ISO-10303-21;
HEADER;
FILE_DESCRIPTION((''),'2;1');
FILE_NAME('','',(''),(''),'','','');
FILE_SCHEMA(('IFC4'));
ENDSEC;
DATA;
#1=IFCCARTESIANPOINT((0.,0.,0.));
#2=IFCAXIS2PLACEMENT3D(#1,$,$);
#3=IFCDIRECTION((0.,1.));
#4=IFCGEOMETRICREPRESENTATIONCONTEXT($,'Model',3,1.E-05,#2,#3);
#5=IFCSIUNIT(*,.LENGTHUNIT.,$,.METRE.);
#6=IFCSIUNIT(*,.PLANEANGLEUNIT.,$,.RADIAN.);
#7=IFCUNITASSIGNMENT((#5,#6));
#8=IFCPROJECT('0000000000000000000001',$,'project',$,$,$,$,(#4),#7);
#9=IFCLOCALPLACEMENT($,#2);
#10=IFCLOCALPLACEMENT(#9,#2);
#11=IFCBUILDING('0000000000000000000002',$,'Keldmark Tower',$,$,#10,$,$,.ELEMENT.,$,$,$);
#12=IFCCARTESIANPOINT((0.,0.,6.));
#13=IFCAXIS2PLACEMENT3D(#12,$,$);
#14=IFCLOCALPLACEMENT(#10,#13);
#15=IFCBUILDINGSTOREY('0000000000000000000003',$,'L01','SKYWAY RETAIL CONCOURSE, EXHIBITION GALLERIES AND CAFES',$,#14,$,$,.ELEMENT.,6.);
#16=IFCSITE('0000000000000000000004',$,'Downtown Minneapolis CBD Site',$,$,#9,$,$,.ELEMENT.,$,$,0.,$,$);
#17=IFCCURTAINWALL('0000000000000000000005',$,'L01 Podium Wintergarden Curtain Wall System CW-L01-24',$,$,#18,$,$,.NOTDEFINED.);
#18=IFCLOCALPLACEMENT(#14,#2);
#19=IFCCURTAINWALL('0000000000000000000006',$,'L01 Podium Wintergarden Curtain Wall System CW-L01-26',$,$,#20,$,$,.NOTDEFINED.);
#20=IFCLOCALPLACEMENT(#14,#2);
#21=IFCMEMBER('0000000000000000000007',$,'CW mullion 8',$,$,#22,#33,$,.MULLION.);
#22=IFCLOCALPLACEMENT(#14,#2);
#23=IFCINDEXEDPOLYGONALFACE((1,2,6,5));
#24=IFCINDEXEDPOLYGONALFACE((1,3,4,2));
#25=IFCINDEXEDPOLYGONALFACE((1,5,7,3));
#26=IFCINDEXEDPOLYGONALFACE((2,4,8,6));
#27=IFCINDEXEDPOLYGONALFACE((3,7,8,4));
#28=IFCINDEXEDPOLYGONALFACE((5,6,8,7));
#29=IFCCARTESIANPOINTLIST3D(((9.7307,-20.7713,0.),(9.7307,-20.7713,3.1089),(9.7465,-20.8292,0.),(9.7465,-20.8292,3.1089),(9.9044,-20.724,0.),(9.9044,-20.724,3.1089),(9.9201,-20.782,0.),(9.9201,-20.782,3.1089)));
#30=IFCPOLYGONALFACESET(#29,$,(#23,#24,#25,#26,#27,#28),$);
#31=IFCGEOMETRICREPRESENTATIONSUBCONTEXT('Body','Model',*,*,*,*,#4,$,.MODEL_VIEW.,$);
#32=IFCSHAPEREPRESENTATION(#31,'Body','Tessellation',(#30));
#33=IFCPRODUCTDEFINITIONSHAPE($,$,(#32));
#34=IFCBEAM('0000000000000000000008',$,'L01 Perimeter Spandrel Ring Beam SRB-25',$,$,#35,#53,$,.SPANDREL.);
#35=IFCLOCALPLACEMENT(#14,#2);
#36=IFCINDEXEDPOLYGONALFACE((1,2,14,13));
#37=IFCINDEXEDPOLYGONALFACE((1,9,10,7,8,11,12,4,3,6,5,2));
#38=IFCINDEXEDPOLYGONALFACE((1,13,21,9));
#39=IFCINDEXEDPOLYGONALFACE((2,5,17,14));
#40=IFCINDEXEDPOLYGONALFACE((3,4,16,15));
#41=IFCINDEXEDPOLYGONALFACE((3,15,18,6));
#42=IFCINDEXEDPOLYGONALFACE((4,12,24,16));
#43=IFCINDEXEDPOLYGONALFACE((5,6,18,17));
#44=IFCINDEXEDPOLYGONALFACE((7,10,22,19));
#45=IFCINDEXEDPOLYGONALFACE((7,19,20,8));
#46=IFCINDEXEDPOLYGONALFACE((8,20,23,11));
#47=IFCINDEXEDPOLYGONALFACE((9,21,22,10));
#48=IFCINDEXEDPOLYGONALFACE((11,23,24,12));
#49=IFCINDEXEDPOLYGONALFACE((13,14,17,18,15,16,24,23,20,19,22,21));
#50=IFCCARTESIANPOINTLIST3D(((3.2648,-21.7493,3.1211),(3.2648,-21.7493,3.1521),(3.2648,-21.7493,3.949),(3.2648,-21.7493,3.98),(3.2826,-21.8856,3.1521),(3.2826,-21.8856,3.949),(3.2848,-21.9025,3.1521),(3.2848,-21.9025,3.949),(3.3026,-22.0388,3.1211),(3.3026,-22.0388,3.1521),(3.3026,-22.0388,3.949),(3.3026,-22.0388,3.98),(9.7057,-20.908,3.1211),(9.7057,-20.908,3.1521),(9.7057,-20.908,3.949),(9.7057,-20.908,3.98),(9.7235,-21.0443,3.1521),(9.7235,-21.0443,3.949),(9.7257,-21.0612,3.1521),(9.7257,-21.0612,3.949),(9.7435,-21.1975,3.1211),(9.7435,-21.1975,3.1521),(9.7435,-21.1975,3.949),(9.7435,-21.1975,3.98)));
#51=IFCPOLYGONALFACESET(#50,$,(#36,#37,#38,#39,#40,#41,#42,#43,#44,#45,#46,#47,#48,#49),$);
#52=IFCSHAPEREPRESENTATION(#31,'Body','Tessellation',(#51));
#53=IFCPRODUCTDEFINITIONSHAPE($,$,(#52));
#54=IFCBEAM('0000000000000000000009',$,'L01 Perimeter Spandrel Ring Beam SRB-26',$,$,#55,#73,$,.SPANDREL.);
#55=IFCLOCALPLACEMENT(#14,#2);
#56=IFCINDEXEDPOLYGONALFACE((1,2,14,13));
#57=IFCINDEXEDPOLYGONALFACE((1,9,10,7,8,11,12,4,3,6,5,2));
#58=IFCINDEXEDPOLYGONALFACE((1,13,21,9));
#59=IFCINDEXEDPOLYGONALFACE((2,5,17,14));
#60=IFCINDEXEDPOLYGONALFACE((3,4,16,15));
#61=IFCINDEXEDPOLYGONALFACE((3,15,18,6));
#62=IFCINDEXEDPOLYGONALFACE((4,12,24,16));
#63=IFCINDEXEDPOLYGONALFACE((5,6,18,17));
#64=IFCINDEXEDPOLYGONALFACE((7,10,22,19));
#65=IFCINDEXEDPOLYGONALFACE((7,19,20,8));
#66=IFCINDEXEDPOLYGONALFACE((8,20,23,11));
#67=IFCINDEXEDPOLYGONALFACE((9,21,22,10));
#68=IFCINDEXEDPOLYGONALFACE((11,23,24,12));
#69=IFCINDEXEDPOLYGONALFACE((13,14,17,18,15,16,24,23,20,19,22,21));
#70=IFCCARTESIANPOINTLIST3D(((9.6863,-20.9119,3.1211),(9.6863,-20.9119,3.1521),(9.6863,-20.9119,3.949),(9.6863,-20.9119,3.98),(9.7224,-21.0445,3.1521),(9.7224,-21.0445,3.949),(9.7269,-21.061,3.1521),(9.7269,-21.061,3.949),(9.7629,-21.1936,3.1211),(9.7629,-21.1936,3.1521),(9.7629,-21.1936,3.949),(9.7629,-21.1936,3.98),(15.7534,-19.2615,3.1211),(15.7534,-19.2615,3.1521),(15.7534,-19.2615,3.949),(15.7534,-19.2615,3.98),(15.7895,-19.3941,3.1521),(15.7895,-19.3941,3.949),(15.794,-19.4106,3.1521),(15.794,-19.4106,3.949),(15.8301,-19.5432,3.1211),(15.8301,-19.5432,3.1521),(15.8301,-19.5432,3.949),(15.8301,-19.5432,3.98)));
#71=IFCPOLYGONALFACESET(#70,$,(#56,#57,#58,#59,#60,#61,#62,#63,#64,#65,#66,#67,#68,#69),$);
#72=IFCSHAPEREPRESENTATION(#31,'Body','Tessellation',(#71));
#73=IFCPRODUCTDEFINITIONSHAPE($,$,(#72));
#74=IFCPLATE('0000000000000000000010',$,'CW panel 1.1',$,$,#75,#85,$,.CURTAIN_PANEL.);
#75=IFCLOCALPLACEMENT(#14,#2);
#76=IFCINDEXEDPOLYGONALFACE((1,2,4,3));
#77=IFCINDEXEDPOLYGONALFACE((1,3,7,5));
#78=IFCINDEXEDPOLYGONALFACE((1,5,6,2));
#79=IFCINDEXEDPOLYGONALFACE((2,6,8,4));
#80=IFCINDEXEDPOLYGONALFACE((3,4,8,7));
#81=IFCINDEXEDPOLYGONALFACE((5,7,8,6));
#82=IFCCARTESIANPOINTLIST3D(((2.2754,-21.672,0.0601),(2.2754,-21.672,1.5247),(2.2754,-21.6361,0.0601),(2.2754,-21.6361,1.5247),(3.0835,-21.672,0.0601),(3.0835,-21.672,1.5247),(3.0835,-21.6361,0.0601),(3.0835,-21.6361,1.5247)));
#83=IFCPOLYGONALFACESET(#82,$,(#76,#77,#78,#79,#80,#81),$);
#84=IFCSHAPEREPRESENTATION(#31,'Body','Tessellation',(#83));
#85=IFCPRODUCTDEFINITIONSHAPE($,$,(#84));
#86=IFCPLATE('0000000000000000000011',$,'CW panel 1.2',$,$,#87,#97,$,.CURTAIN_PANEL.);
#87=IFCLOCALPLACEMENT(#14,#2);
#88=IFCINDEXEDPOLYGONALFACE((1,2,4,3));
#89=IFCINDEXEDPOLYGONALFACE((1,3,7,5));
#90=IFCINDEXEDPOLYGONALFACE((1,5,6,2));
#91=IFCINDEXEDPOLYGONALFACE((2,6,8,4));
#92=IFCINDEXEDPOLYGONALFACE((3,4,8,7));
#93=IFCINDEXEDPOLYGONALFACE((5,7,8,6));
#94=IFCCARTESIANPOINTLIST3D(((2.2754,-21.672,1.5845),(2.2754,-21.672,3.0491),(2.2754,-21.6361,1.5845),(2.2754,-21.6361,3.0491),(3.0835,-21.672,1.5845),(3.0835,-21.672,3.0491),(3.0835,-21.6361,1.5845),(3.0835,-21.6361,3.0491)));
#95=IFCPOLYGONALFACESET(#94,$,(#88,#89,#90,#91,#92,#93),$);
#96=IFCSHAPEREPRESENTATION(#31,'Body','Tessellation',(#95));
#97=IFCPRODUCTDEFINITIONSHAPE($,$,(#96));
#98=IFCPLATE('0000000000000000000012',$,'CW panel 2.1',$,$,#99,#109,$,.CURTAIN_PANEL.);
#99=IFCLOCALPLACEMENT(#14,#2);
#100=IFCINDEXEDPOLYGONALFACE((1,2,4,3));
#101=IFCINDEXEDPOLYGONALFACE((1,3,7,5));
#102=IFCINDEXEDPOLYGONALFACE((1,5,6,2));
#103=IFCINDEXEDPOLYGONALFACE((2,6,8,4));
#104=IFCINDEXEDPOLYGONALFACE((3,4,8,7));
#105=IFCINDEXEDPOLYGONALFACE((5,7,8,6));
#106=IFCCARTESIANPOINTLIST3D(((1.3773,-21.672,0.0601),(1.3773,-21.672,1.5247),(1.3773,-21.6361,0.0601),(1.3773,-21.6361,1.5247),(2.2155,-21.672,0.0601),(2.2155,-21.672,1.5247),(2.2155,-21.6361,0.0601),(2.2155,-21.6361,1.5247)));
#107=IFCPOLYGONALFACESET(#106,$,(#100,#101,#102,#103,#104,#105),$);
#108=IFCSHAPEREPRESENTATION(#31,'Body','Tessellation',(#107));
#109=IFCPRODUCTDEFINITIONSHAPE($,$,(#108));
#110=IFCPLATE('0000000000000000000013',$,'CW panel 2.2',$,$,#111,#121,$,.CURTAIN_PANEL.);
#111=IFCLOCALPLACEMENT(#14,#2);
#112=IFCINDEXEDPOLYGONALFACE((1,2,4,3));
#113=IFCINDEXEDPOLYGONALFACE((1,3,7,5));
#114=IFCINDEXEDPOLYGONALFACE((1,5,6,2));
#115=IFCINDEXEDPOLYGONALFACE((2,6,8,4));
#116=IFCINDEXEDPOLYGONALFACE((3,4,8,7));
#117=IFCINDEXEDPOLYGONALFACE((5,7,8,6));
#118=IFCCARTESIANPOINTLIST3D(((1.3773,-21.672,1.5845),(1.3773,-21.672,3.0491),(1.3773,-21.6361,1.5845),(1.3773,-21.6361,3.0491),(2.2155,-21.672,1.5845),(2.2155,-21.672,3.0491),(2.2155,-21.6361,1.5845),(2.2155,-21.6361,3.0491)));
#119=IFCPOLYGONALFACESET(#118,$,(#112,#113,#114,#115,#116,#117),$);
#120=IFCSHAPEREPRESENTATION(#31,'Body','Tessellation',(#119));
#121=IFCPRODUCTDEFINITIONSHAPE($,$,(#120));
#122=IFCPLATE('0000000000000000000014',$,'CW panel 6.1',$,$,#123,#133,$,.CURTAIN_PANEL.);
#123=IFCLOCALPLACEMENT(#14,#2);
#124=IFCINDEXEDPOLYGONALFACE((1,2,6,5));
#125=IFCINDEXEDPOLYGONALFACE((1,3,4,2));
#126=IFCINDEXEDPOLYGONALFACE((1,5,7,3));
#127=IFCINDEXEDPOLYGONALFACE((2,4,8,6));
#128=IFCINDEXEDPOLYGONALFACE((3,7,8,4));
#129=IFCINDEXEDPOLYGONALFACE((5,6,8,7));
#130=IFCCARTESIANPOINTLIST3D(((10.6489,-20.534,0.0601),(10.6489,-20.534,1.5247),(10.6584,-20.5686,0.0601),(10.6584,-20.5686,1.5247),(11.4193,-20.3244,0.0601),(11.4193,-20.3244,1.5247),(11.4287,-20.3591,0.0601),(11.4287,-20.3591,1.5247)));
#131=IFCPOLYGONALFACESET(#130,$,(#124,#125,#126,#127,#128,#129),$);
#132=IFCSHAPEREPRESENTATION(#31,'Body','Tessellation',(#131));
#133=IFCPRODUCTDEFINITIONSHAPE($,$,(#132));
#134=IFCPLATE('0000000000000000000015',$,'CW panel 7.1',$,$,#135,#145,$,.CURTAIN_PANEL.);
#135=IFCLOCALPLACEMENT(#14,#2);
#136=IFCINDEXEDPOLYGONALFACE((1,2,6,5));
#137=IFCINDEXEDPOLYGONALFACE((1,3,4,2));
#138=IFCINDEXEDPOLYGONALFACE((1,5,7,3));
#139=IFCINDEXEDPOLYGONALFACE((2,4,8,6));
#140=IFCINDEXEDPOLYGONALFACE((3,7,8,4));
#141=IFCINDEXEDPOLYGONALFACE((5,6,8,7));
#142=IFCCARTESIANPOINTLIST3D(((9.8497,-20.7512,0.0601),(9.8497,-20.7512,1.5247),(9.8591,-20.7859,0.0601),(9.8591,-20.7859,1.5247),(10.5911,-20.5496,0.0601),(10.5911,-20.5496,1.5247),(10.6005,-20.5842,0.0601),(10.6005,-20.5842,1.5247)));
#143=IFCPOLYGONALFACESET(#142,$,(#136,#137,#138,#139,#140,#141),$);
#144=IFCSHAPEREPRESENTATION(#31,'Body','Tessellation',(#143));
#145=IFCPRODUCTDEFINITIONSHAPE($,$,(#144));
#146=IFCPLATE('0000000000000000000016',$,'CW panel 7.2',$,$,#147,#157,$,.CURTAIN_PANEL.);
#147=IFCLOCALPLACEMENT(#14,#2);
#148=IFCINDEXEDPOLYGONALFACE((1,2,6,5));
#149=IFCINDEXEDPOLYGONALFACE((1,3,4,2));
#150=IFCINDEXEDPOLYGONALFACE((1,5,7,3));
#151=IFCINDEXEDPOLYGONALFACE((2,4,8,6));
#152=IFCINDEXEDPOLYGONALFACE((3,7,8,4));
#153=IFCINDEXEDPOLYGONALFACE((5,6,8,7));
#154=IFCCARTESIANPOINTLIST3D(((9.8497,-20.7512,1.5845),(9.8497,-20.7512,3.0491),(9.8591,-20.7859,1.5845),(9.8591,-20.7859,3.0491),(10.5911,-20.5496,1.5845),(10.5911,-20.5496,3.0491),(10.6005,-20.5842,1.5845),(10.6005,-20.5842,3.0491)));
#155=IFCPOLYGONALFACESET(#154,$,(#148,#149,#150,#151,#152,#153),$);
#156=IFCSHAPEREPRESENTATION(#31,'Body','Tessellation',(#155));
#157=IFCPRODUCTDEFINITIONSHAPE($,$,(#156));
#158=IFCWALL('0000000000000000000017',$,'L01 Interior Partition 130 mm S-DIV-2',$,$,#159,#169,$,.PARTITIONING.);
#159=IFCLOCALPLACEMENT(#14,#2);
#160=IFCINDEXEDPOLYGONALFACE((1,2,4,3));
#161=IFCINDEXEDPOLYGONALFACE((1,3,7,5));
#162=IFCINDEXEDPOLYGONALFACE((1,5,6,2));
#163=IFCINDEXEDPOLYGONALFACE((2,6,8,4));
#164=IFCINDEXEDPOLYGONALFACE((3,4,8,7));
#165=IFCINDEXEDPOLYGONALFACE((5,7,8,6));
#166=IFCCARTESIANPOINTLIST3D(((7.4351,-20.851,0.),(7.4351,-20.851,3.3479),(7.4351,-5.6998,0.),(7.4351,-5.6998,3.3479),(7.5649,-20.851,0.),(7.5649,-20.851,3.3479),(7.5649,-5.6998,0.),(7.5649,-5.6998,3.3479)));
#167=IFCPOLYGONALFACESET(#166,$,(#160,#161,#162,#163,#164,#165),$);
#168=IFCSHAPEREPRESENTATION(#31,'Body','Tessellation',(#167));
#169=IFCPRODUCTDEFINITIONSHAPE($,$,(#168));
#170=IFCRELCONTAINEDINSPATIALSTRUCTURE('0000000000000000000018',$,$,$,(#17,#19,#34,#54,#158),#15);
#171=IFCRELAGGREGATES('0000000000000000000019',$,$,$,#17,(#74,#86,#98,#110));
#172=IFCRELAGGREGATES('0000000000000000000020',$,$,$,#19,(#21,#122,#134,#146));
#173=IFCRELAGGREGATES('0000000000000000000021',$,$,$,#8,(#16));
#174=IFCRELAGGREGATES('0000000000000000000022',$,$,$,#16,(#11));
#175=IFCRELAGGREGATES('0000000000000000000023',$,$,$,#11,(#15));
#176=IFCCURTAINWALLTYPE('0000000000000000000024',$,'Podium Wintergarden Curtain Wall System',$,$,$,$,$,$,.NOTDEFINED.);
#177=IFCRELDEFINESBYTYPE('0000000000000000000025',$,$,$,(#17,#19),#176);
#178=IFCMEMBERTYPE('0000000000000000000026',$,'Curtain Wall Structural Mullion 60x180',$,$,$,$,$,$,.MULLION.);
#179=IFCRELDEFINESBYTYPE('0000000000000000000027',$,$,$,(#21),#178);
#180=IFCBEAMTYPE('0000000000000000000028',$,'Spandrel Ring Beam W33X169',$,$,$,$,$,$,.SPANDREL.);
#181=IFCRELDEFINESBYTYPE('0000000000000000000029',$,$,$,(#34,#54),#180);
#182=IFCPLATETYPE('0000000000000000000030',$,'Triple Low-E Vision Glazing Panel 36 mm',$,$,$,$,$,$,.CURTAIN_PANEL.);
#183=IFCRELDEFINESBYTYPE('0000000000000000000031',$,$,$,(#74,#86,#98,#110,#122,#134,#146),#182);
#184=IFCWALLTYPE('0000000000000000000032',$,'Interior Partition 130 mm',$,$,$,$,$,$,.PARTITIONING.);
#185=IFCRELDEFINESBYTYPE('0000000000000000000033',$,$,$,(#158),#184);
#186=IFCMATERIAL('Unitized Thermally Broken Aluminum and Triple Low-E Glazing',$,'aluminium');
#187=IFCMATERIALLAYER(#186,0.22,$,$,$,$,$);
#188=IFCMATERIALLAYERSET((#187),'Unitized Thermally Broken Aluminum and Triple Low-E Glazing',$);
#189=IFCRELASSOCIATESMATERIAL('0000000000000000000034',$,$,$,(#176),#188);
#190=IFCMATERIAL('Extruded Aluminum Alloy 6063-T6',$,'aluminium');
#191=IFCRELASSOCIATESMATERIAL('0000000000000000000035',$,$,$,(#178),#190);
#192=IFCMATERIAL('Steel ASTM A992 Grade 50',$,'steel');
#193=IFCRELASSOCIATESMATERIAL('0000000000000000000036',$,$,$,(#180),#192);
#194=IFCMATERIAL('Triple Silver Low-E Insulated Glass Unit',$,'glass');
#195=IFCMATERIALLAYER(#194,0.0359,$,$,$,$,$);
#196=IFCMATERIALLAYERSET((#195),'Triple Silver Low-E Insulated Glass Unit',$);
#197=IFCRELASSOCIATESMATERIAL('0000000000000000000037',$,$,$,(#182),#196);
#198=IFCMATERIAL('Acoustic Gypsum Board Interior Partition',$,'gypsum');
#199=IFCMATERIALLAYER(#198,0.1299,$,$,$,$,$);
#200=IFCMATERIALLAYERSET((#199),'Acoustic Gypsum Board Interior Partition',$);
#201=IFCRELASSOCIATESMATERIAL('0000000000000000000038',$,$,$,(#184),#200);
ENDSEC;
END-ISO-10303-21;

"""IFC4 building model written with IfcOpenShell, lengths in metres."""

from ifc_helpers import new_model, si_unit, direction, frame, frame_2d, origin, origin_2d, place, context, subcontext, project, spatial, rectangle, i_section, extrude, material, layer, layer_set, material_profile, profile_set, type_object, element, aggregate, save


model = new_model("IFC4")

# Units and contexts
model_context = context("Model", 3, precision=1e-05, world=origin(), true_north=direction((0.0, 1.0)))
body_context = subcontext(model_context, "Body", "Model", "MODEL_VIEW")
ifc_project = project(units=[si_unit("LENGTHUNIT", "METRE"), si_unit("PLANEANGLEUNIT", "RADIAN")], contexts=[model_context])

# Site, building, storey
site_placement = place(None, origin())
site = spatial("IfcSite", under=ifc_project, at=site_placement, Name="Downtown Minneapolis CBD Site", CompositionType="ELEMENT", RefElevation=0.0)
building_placement = place(site_placement, origin())
building = spatial("IfcBuilding", under=site, at=building_placement, Name="Keldmark Tower", CompositionType="ELEMENT")
storey_placement = place(building_placement, frame((0.0, 0.0, 6.0)))
storey = spatial("IfcBuildingStorey", under=building, at=storey_placement, Name="L01", Description="SKYWAY RETAIL CONCOURSE, EXHIBITION GALLERIES AND CAFES", CompositionType="ELEMENT", Elevation=6.0)

# Curtain walls
ifc_material_1 = material(Name="Unitized Thermally Broken Aluminum and Triple Low-E Glazing", Category="aluminium")
ifc_layer_1 = layer(ifc_material_1, 0.22)
ifc_layer_set_1 = layer_set([ifc_layer_1], Name="Unitized Thermally Broken Aluminum and Triple Low-E Glazing")
curtain_wall_type = type_object("IfcCurtainWallType", Name="Podium Wintergarden Curtain Wall System", PredefinedType="NOTDEFINED", material=ifc_layer_set_1)
curtain_wall_1_placement = place(storey_placement, origin())
curtain_wall_1 = element("IfcCurtainWall", 1, at=curtain_wall_1_placement, inside=storey, type_object=curtain_wall_type, Name="L01 Podium Wintergarden Curtain Wall System CW-L01-24", PredefinedType="NOTDEFINED")
curtain_wall_2_placement = place(storey_placement, origin())
curtain_wall_2 = element("IfcCurtainWall", 2, at=curtain_wall_2_placement, inside=storey, type_object=curtain_wall_type, Name="L01 Podium Wintergarden Curtain Wall System CW-L01-26", PredefinedType="NOTDEFINED")

# Member
ifc_material_2 = material(Name="Extruded Aluminum Alloy 6063-T6", Category="aluminium")
ifc_material_profile_1 = material_profile(ifc_material_2, rectangle(XDim=0.0601, YDim=0.1799, at=origin_2d()), Name="CWM60X180")
ifc_profile_set_1 = profile_set([ifc_material_profile_1], Name="Extruded Aluminum Alloy 6063-T6")
member_type_1 = type_object("IfcMemberType", Name="Curtain Wall Structural Mullion 60x180", PredefinedType="MULLION", material=ifc_profile_set_1)
member_1_placement = place(storey_placement, frame((9.8254, -20.7766, 0.0), z_axis=(0.0, 0.0, 1.0), x_axis=(0.262493, -0.964934, 0.0)))
member_1 = element("IfcMember", 3, at=member_1_placement, type_object=member_type_1, Name="CW mullion 8", PredefinedType="MULLION", context=body_context, shape_type="SweptSolid", body=[
    extrude(rectangle(XDim=0.0601, YDim=0.1799, at=origin_2d()), origin(), (0.0, 0.0, 1.0), 3.1089),
])

# Beams
ifc_material_3 = material(Name="Steel ASTM A992 Grade 50", Category="steel")
ifc_material_profile_2 = material_profile(ifc_material_3, i_section(OverallWidth=0.292, OverallDepth=0.8589, WebThickness=0.0171, FlangeThickness=0.031, at=origin_2d()), Name="W33X169")
ifc_profile_set_2 = profile_set([ifc_material_profile_2], Name="Steel ASTM A992 Grade 50")
beam_type = type_object("IfcBeamType", Name="Spandrel Ring Beam W33X169", PredefinedType="SPANDREL", material=ifc_profile_set_2)
beam_1_placement = place(storey_placement, frame((3.2837, -21.894, 3.5505), z_axis=(0.991577, 0.129519, 0.0), x_axis=(-0.129519, 0.991577, 0.0)))
element("IfcBeam", 4, at=beam_1_placement, inside=storey, type_object=beam_type, Name="L01 Perimeter Spandrel Ring Beam SRB-25", PredefinedType="SPANDREL", context=body_context, shape_type="SweptSolid", body=[
    extrude(i_section(OverallWidth=0.292, OverallDepth=0.8589, WebThickness=0.0171, FlangeThickness=0.031, at=origin_2d()), origin(), (0.0, 0.0, 1.0), 6.4956),
])
beam_2_placement = place(storey_placement, frame((9.7246, -21.0527, 3.5505), z_axis=(0.964937, 0.262483, 0.0), x_axis=(-0.262483, 0.964937, 0.0)))
element("IfcBeam", 5, at=beam_2_placement, inside=storey, type_object=beam_type, Name="L01 Perimeter Spandrel Ring Beam SRB-26", PredefinedType="SPANDREL", context=body_context, shape_type="SweptSolid", body=[
    extrude(i_section(OverallWidth=0.292, OverallDepth=0.8589, WebThickness=0.0171, FlangeThickness=0.031, at=origin_2d()), origin(), (0.0, 0.0, 1.0), 6.2876),
])

# Plates
ifc_material_4 = material(Name="Triple Silver Low-E Insulated Glass Unit", Category="glass")
ifc_layer_2 = layer(ifc_material_4, 0.0359)
ifc_layer_set_2 = layer_set([ifc_layer_2], Name="Triple Silver Low-E Insulated Glass Unit")
plate_type = type_object("IfcPlateType", Name="Triple Low-E Vision Glazing Panel 36 mm", PredefinedType="CURTAIN_PANEL", material=ifc_layer_set_2)
plate_1_placement = place(storey_placement, frame((2.6794, -21.6541, 0.0601), z_axis=(0.0, 0.0, 1.0), x_axis=(-1.0, 0.0, 0.0)))
plate_1 = element("IfcPlate", 6, at=plate_1_placement, type_object=plate_type, Name="CW panel 1.1", PredefinedType="CURTAIN_PANEL", context=body_context, shape_type="SweptSolid", body=[
    extrude(rectangle(XDim=0.8081, YDim=0.0359, at=origin_2d()), origin(), (0.0, 0.0, 1.0), 1.4646),
])
plate_2_placement = place(storey_placement, frame((2.6794, -21.6541, 1.5845), z_axis=(0.0, 0.0, 1.0), x_axis=(-1.0, 0.0, 0.0)))
plate_2 = element("IfcPlate", 7, at=plate_2_placement, type_object=plate_type, Name="CW panel 1.2", PredefinedType="CURTAIN_PANEL", context=body_context, shape_type="SweptSolid", body=[
    extrude(rectangle(XDim=0.8081, YDim=0.0359, at=origin_2d()), origin(), (0.0, 0.0, 1.0), 1.4646),
])
plate_3_placement = place(storey_placement, frame((1.7964, -21.6541, 0.0601), z_axis=(0.0, 0.0, 1.0), x_axis=(-1.0, 0.0, 0.0)))
plate_3 = element("IfcPlate", 8, at=plate_3_placement, type_object=plate_type, Name="CW panel 2.1", PredefinedType="CURTAIN_PANEL", context=body_context, shape_type="SweptSolid", body=[
    extrude(rectangle(XDim=0.8381, YDim=0.0359, at=origin_2d()), origin(), (0.0, 0.0, 1.0), 1.4646),
])
plate_4_placement = place(storey_placement, frame((1.7964, -21.6541, 1.5845), z_axis=(0.0, 0.0, 1.0), x_axis=(-1.0, 0.0, 0.0)))
plate_4 = element("IfcPlate", 9, at=plate_4_placement, type_object=plate_type, Name="CW panel 2.2", PredefinedType="CURTAIN_PANEL", context=body_context, shape_type="SweptSolid", body=[
    extrude(rectangle(XDim=0.8381, YDim=0.0359, at=origin_2d()), origin(), (0.0, 0.0, 1.0), 1.4646),
])
aggregate(curtain_wall_1, [plate_1, plate_2, plate_3, plate_4])
plate_5_placement = place(storey_placement, frame((11.0388, -20.4465, 0.0601), z_axis=(0.0, 0.0, 1.0), x_axis=(-0.964934, -0.262493, 0.0)))
plate_5 = element("IfcPlate", 10, at=plate_5_placement, type_object=plate_type, Name="CW panel 6.1", PredefinedType="CURTAIN_PANEL", context=body_context, shape_type="SweptSolid", body=[
    extrude(rectangle(XDim=0.7983, YDim=0.0359, at=origin_2d()), origin(), (0.0, 0.0, 1.0), 1.4646),
])
plate_6_placement = place(storey_placement, frame((10.2251, -20.6677, 0.0601), z_axis=(0.0, 0.0, 1.0), x_axis=(-0.964934, -0.262493, 0.0)))
plate_6 = element("IfcPlate", 11, at=plate_6_placement, type_object=plate_type, Name="CW panel 7.1", PredefinedType="CURTAIN_PANEL", context=body_context, shape_type="SweptSolid", body=[
    extrude(rectangle(XDim=0.7683, YDim=0.0359, at=origin_2d()), origin(), (0.0, 0.0, 1.0), 1.4646),
])
plate_7_placement = place(storey_placement, frame((10.2251, -20.6677, 1.5845), z_axis=(0.0, 0.0, 1.0), x_axis=(-0.964934, -0.262493, 0.0)))
plate_7 = element("IfcPlate", 12, at=plate_7_placement, type_object=plate_type, Name="CW panel 7.2", PredefinedType="CURTAIN_PANEL", context=body_context, shape_type="SweptSolid", body=[
    extrude(rectangle(XDim=0.7683, YDim=0.0359, at=origin_2d()), origin(), (0.0, 0.0, 1.0), 1.4646),
])
aggregate(curtain_wall_2, [member_1, plate_5, plate_6, plate_7])

# Wall
ifc_material_5 = material(Name="Acoustic Gypsum Board Interior Partition", Category="gypsum")
ifc_layer_3 = layer(ifc_material_5, 0.1299)
ifc_layer_set_3 = layer_set([ifc_layer_3], Name="Acoustic Gypsum Board Interior Partition")
wall_type_1 = type_object("IfcWallType", Name="Interior Partition 130 mm", PredefinedType="PARTITIONING", material=ifc_layer_set_3)
wall_1_placement = place(storey_placement, frame((7.5, -20.8511, 0.0), z_axis=(0.0, 0.0, 1.0), x_axis=(0.0, 1.0, 0.0)))
element("IfcWall", 13, at=wall_1_placement, inside=storey, type_object=wall_type_1, Name="L01 Interior Partition 130 mm S-DIV-2", PredefinedType="PARTITIONING", context=body_context, shape_type="SweptSolid", body=[
    extrude(rectangle(XDim=15.1511, YDim=0.1299, at=frame_2d((7.5757, 0.0))), origin(), (0.0, 0.0, 1.0), 3.3479),
])

save(model, "model.ifc")
